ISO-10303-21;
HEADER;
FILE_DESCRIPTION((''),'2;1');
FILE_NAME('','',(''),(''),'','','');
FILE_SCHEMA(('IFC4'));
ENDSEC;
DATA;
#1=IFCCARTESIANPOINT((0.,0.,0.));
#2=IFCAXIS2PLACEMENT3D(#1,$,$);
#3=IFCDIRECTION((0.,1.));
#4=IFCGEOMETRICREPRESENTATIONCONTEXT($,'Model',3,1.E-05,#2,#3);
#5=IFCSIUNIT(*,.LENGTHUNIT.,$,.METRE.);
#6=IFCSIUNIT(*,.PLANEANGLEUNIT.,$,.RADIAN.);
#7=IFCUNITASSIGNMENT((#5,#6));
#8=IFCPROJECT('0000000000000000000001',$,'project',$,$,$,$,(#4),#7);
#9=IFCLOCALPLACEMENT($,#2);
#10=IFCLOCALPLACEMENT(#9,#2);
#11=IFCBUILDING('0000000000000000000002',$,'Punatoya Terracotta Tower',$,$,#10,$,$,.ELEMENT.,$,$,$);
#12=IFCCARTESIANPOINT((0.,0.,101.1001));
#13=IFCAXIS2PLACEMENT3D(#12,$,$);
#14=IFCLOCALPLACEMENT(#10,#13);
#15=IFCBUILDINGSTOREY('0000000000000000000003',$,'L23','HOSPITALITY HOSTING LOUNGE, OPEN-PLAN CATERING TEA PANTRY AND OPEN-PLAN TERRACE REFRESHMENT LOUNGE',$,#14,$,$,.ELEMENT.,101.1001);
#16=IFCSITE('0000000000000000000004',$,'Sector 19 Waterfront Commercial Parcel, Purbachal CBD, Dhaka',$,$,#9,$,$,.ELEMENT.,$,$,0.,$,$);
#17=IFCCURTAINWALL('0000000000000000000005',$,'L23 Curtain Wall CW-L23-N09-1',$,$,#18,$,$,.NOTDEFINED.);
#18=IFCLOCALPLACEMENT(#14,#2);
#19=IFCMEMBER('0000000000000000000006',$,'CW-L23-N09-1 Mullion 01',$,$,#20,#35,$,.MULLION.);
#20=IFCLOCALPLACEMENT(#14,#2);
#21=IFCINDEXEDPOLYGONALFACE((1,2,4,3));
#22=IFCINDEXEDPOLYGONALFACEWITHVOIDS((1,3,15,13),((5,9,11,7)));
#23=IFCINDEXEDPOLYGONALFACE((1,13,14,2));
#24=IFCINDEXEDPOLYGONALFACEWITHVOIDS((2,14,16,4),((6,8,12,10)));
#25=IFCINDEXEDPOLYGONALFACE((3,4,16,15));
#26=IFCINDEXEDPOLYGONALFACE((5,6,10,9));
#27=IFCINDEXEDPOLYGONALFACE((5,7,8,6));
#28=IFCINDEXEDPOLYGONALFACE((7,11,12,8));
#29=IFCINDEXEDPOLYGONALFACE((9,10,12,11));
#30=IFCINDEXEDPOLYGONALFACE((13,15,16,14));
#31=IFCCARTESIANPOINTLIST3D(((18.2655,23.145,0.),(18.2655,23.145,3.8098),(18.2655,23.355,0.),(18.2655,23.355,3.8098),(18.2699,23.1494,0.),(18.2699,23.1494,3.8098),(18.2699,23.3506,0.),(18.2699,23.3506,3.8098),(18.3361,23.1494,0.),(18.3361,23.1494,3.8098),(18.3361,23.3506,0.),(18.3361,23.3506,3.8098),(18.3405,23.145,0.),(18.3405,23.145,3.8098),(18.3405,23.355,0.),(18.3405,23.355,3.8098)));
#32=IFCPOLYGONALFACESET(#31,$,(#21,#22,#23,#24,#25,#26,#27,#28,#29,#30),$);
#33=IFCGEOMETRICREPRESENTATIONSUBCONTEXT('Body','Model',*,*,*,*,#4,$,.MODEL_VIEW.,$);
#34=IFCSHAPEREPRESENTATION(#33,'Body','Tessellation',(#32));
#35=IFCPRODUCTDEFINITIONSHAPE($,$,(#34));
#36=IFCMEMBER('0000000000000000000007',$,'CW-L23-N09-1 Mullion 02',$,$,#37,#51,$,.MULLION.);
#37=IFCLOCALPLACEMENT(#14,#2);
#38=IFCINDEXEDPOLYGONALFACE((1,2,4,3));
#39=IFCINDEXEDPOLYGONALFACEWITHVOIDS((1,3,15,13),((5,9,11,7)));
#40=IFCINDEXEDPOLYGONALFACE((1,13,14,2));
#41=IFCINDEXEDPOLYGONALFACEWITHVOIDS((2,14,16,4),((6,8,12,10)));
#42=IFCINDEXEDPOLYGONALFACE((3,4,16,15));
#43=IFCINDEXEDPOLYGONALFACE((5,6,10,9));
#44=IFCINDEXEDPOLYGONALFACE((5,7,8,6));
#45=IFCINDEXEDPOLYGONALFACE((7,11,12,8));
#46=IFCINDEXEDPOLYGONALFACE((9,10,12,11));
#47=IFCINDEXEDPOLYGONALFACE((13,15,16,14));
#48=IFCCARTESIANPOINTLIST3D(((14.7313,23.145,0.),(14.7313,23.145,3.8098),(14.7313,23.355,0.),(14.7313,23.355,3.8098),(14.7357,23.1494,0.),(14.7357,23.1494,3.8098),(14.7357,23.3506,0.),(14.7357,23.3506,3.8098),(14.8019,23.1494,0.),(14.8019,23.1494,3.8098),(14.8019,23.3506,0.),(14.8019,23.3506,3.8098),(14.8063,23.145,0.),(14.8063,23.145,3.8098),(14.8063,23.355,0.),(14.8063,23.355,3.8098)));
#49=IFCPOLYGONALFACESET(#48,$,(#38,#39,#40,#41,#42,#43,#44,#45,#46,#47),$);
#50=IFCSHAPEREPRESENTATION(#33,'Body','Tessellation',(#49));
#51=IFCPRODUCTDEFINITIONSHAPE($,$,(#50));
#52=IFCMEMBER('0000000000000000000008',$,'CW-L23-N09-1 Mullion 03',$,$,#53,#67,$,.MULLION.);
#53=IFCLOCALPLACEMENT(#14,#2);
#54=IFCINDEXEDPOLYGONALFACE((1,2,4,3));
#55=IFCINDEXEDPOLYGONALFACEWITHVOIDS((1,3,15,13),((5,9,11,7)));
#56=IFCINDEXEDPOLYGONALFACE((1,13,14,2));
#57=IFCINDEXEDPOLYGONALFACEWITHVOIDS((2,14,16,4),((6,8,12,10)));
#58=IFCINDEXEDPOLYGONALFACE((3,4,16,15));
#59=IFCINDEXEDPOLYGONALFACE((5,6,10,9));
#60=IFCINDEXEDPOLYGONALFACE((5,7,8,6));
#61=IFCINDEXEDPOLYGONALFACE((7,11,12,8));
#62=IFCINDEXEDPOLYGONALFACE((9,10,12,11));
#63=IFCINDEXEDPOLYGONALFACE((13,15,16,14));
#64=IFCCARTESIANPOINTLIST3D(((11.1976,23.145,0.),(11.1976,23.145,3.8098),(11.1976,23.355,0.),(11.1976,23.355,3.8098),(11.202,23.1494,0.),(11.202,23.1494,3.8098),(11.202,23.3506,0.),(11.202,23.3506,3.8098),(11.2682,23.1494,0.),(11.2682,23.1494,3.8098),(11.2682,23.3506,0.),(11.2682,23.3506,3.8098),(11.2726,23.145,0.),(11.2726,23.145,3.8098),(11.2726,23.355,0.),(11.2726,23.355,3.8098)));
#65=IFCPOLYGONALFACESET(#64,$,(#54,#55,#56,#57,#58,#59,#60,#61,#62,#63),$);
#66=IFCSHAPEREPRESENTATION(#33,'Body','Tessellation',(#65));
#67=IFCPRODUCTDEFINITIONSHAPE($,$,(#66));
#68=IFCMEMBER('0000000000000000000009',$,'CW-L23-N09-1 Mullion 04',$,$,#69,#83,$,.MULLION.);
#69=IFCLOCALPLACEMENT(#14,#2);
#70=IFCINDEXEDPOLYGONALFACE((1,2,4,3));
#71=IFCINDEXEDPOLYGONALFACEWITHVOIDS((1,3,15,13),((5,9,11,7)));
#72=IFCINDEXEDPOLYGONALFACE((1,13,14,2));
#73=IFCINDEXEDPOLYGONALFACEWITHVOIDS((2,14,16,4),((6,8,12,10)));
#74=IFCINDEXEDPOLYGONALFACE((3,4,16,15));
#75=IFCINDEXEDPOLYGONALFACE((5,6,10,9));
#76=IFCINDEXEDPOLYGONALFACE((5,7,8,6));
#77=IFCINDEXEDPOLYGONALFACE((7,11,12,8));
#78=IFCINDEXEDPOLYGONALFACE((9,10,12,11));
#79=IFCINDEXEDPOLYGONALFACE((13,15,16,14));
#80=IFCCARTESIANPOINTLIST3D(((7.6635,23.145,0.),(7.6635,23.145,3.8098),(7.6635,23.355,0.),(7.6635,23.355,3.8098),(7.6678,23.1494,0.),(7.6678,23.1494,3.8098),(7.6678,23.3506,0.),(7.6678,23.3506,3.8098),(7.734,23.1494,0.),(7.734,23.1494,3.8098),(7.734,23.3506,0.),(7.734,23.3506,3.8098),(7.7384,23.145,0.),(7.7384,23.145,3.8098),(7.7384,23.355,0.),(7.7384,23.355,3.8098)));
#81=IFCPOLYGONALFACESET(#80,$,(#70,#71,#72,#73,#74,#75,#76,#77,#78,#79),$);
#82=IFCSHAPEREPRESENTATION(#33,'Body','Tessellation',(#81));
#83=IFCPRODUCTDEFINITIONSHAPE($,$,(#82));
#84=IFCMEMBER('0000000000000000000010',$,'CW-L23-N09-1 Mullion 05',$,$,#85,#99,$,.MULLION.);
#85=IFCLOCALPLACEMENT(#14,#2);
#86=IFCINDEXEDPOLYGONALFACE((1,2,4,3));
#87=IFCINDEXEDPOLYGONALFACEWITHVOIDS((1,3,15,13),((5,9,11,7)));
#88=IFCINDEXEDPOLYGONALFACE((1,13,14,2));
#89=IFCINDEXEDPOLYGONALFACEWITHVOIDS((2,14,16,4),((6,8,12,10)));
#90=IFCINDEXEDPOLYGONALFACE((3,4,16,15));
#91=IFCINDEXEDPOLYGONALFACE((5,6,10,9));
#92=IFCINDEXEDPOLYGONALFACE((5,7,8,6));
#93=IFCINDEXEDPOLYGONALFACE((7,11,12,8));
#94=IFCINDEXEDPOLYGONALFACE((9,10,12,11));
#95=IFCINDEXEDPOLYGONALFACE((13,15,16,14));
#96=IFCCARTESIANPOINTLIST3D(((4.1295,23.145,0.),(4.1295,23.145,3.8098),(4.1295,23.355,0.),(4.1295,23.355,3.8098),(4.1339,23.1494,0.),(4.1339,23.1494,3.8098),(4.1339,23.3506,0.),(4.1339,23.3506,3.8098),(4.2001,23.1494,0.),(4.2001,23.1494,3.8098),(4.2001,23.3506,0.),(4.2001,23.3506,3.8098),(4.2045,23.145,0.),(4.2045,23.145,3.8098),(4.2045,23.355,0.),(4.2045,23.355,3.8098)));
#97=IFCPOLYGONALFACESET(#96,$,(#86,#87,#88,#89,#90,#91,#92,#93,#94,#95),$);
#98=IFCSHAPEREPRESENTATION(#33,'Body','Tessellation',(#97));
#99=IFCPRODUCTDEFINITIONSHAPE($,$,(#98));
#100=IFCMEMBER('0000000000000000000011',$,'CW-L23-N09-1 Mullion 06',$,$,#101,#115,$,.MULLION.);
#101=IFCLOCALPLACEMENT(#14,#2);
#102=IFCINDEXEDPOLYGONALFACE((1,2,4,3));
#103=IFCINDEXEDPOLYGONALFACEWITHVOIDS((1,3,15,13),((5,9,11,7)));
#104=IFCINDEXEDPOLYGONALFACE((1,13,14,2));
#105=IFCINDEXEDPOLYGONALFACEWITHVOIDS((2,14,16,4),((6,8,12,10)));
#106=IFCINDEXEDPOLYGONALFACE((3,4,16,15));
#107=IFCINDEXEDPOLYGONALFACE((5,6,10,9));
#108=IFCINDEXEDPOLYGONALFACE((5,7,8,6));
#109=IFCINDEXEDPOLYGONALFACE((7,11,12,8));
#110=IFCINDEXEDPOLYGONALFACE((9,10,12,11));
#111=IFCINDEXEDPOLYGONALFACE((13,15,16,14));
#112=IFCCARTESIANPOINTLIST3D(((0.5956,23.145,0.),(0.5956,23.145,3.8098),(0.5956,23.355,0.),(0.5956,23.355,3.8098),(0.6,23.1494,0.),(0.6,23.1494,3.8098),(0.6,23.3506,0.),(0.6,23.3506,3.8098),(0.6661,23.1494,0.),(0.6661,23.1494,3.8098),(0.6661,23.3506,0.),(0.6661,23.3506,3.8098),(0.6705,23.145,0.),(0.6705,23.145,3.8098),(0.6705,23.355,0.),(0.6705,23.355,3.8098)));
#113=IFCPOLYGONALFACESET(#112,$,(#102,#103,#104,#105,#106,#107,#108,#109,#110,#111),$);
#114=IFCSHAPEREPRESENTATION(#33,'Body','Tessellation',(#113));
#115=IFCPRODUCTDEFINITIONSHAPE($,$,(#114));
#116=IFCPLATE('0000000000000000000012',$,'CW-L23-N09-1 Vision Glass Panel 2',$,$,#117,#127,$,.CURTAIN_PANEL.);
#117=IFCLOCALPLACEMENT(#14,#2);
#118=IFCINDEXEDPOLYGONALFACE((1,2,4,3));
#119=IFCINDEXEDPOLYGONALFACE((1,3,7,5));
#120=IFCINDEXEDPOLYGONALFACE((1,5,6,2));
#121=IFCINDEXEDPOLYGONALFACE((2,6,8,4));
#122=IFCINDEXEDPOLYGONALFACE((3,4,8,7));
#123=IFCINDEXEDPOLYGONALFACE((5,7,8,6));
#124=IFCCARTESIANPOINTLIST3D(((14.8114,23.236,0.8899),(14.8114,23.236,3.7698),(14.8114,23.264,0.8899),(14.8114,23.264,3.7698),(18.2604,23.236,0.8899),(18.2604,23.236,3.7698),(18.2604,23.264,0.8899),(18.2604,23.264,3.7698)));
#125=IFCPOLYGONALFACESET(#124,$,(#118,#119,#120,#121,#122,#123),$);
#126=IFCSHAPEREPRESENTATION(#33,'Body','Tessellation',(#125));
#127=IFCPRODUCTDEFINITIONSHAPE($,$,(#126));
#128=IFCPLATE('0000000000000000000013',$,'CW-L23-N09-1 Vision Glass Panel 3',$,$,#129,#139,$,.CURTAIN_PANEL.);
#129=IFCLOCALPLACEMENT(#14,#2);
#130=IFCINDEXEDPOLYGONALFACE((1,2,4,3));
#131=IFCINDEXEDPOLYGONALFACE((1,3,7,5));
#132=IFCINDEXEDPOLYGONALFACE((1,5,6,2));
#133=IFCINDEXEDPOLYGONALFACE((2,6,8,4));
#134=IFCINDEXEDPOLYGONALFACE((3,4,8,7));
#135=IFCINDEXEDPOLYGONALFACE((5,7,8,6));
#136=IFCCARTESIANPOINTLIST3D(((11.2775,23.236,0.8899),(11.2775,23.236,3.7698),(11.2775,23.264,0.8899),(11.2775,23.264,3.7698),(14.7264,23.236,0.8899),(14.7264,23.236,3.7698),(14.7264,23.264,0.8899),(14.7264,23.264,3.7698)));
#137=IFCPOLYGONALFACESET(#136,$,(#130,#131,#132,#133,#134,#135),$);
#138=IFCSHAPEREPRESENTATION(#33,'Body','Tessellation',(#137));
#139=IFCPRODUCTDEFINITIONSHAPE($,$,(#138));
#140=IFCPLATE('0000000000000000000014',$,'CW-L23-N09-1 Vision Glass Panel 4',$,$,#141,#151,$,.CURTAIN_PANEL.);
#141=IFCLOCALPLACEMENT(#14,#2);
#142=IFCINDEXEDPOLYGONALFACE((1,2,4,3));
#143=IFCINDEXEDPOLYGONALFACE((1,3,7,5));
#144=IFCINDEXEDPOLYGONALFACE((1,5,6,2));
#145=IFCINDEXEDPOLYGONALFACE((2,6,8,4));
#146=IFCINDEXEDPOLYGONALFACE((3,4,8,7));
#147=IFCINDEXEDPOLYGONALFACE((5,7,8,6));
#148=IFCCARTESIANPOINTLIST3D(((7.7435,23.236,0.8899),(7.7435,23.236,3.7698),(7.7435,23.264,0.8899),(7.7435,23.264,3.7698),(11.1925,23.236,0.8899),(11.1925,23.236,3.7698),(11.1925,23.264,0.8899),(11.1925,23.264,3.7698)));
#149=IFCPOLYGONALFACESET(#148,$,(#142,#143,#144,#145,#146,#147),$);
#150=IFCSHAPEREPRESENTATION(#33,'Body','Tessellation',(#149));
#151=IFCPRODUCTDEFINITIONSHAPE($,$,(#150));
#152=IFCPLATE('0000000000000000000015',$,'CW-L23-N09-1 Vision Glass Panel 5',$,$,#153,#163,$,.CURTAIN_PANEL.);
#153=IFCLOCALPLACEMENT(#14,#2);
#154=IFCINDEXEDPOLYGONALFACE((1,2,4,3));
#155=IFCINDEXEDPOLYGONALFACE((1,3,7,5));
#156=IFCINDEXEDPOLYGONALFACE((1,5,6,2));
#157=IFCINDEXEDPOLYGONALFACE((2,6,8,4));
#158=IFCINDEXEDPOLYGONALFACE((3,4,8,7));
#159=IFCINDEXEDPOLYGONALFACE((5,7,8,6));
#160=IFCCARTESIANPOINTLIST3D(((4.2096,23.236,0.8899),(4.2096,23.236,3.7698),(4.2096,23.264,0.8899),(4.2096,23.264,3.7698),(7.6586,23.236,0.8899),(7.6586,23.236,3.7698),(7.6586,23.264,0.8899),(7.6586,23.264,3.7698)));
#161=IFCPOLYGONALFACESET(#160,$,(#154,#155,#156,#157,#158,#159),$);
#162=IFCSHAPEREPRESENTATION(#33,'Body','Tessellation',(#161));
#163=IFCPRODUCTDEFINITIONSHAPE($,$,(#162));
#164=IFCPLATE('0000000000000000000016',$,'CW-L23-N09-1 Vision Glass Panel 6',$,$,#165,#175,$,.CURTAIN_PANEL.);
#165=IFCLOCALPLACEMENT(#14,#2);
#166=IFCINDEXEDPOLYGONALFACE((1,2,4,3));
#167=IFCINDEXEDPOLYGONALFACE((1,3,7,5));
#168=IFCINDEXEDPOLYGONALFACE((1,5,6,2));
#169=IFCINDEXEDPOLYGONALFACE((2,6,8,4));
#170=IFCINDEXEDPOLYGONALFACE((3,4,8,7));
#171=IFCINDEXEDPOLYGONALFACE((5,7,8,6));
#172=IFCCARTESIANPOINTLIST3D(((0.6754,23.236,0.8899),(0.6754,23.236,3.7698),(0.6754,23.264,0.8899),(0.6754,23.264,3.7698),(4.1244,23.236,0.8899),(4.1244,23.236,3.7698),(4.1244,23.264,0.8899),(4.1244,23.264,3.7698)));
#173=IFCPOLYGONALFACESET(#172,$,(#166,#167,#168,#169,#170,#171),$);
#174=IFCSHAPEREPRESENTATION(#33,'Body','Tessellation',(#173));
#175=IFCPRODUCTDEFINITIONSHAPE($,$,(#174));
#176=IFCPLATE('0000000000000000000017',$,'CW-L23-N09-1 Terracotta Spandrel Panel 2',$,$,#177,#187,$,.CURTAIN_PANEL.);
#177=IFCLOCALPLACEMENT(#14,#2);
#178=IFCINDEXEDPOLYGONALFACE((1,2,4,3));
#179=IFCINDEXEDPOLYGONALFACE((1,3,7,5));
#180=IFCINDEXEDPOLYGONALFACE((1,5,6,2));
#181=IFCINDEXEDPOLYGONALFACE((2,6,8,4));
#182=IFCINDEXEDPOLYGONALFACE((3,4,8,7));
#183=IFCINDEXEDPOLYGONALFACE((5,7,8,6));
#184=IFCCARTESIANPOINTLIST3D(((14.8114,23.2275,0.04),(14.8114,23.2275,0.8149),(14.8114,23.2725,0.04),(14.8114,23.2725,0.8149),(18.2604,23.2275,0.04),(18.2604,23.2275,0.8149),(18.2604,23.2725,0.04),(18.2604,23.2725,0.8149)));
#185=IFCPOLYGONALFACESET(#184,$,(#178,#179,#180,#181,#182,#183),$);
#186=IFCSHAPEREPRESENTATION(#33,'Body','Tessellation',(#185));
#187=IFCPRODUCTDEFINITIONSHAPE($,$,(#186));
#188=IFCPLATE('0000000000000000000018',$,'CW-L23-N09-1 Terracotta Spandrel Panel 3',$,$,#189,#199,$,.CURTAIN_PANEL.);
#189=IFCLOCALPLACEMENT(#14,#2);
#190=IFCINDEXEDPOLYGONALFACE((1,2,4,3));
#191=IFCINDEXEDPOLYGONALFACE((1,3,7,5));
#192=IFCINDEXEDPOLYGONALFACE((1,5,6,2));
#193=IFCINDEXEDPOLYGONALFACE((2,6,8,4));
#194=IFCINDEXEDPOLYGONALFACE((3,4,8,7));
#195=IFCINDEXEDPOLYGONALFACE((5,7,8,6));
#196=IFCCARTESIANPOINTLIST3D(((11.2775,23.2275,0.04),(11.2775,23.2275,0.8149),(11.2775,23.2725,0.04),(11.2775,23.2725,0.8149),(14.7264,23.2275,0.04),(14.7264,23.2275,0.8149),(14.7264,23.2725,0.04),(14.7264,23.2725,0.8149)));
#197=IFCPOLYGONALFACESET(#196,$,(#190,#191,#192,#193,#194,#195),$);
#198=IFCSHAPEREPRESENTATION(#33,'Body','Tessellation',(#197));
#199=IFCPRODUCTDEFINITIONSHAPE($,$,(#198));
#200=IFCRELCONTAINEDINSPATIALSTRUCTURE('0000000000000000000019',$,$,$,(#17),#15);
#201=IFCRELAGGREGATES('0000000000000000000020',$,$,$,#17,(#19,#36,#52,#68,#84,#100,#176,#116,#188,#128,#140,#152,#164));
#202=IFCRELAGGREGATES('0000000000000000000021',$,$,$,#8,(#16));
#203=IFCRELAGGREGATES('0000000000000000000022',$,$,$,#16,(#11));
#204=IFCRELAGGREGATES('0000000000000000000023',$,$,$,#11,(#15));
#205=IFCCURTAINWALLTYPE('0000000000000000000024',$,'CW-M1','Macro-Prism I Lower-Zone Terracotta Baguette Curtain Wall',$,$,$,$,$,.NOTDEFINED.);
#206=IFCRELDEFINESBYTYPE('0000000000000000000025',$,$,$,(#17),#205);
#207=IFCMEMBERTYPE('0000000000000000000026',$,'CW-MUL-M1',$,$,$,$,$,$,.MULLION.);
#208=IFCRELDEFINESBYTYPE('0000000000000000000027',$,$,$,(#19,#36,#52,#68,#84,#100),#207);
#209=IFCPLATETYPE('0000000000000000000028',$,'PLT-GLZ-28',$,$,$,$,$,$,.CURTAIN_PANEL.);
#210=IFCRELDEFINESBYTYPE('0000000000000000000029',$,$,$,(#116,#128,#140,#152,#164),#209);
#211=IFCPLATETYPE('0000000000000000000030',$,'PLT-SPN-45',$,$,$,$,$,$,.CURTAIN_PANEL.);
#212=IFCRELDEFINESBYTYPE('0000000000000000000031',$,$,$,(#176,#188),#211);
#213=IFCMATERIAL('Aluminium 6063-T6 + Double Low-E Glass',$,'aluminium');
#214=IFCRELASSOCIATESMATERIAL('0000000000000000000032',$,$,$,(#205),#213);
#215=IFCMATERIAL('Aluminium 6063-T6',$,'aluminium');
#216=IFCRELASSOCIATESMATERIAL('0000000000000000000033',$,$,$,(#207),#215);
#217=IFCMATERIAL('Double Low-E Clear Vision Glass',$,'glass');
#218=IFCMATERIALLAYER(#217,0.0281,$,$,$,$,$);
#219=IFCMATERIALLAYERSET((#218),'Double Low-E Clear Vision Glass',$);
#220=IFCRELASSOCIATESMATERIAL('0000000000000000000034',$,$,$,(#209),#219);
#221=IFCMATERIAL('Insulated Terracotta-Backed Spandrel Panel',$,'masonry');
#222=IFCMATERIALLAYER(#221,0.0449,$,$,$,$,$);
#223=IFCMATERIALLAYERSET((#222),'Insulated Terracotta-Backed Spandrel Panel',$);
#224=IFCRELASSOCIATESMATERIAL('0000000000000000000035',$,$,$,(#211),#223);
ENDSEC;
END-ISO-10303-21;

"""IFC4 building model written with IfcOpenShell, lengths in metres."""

from ifc_helpers import new_model, si_unit, direction, frame, origin, origin_2d, place, context, subcontext, project, spatial, rectangle, hollow_rectangle, extrude, material, layer, layer_set, material_profile, profile_set, type_object, element, aggregate, save


model = new_model("IFC4")

# Units and contexts
model_context = context("Model", 3, precision=1e-05, world=origin(), true_north=direction((0.0, 1.0)))
body_context = subcontext(model_context, "Body", "Model", "MODEL_VIEW")
ifc_project = project(units=[si_unit("LENGTHUNIT", "METRE"), si_unit("PLANEANGLEUNIT", "RADIAN")], contexts=[model_context])

# Site, building, storey
site_placement = place(None, origin())
site = spatial("IfcSite", under=ifc_project, at=site_placement, Name="Sector 19 Waterfront Commercial Parcel, Purbachal CBD, Dhaka", CompositionType="ELEMENT", RefElevation=0.0)
building_placement = place(site_placement, origin())
building = spatial("IfcBuilding", under=site, at=building_placement, Name="Punatoya Terracotta Tower", CompositionType="ELEMENT")
storey_placement = place(building_placement, frame((0.0, 0.0, 101.1001)))
storey = spatial("IfcBuildingStorey", under=building, at=storey_placement, Name="L23", Description="HOSPITALITY HOSTING LOUNGE, OPEN-PLAN CATERING TEA PANTRY AND OPEN-PLAN TERRACE REFRESHMENT LOUNGE", CompositionType="ELEMENT", Elevation=101.1001)

# Curtain wall, members, plates
ifc_material_1 = material(Name="Aluminium 6063-T6 + Double Low-E Glass", Category="aluminium")
curtain_wall_type = type_object("IfcCurtainWallType", Name="CW-M1", Description="Macro-Prism I Lower-Zone Terracotta Baguette Curtain Wall", PredefinedType="NOTDEFINED", material=ifc_material_1)
curtain_wall_placement = place(storey_placement, origin())
curtain_wall = element("IfcCurtainWall", 1, at=curtain_wall_placement, inside=storey, type_object=curtain_wall_type, Name="L23 Curtain Wall CW-L23-N09-1", PredefinedType="NOTDEFINED")
ifc_material_2 = material(Name="Aluminium 6063-T6", Category="aluminium")
ifc_material_profile_1 = material_profile(ifc_material_2, hollow_rectangle(XDim=0.075, YDim=0.21, WallThickness=0.0044, at=origin_2d()))
ifc_profile_set_1 = profile_set([ifc_material_profile_1], Name="Aluminium 6063-T6")
member_type = type_object("IfcMemberType", Name="CW-MUL-M1", PredefinedType="MULLION", material=ifc_profile_set_1)
member_1_placement = place(storey_placement, frame((18.303, 23.25, 0.0), z_axis=(0.0, 0.0, 1.0), x_axis=(1.0, 0.0, 0.0)))
member_1 = element("IfcMember", 2, at=member_1_placement, type_object=member_type, Name="CW-L23-N09-1 Mullion 01", PredefinedType="MULLION", context=body_context, shape_type="SweptSolid", body=[
    extrude(hollow_rectangle(XDim=0.075, YDim=0.21, WallThickness=0.0044, at=origin_2d()), origin(), (0.0, 0.0, 1.0), 3.8098),
])
member_2_placement = place(storey_placement, frame((14.7688, 23.25, 0.0), z_axis=(0.0, 0.0, 1.0), x_axis=(1.0, 0.0, 0.0)))
member_2 = element("IfcMember", 3, at=member_2_placement, type_object=member_type, Name="CW-L23-N09-1 Mullion 02", PredefinedType="MULLION", context=body_context, shape_type="SweptSolid", body=[
    extrude(hollow_rectangle(XDim=0.075, YDim=0.21, WallThickness=0.0044, at=origin_2d()), origin(), (0.0, 0.0, 1.0), 3.8098),
])
member_3_placement = place(storey_placement, frame((11.2351, 23.25, 0.0), z_axis=(0.0, 0.0, 1.0), x_axis=(1.0, 0.0, 0.0)))
member_3 = element("IfcMember", 4, at=member_3_placement, type_object=member_type, Name="CW-L23-N09-1 Mullion 03", PredefinedType="MULLION", context=body_context, shape_type="SweptSolid", body=[
    extrude(hollow_rectangle(XDim=0.075, YDim=0.21, WallThickness=0.0044, at=origin_2d()), origin(), (0.0, 0.0, 1.0), 3.8098),
])
member_4_placement = place(storey_placement, frame((7.7009, 23.25, 0.0), z_axis=(0.0, 0.0, 1.0), x_axis=(1.0, 0.0, 0.0)))
member_4 = element("IfcMember", 5, at=member_4_placement, type_object=member_type, Name="CW-L23-N09-1 Mullion 04", PredefinedType="MULLION", context=body_context, shape_type="SweptSolid", body=[
    extrude(hollow_rectangle(XDim=0.075, YDim=0.21, WallThickness=0.0044, at=origin_2d()), origin(), (0.0, 0.0, 1.0), 3.8098),
])
member_5_placement = place(storey_placement, frame((4.167, 23.25, 0.0), z_axis=(0.0, 0.0, 1.0), x_axis=(1.0, 0.0, 0.0)))
member_5 = element("IfcMember", 6, at=member_5_placement, type_object=member_type, Name="CW-L23-N09-1 Mullion 05", PredefinedType="MULLION", context=body_context, shape_type="SweptSolid", body=[
    extrude(hollow_rectangle(XDim=0.075, YDim=0.21, WallThickness=0.0044, at=origin_2d()), origin(), (0.0, 0.0, 1.0), 3.8098),
])
member_6_placement = place(storey_placement, frame((0.6331, 23.25, 0.0), z_axis=(0.0, 0.0, 1.0), x_axis=(1.0, 0.0, 0.0)))
member_6 = element("IfcMember", 7, at=member_6_placement, type_object=member_type, Name="CW-L23-N09-1 Mullion 06", PredefinedType="MULLION", context=body_context, shape_type="SweptSolid", body=[
    extrude(hollow_rectangle(XDim=0.075, YDim=0.21, WallThickness=0.0044, at=origin_2d()), origin(), (0.0, 0.0, 1.0), 3.8098),
])
ifc_material_3 = material(Name="Double Low-E Clear Vision Glass", Category="glass")
ifc_layer_1 = layer(ifc_material_3, 0.0281)
ifc_layer_set_1 = layer_set([ifc_layer_1], Name="Double Low-E Clear Vision Glass")
plate_type_1 = type_object("IfcPlateType", Name="PLT-GLZ-28", PredefinedType="CURTAIN_PANEL", material=ifc_layer_set_1)
plate_1_placement = place(storey_placement, frame((16.5359, 23.25, 0.8899), z_axis=(0.0, 0.0, 1.0), x_axis=(-1.0, 0.0, 0.0)))
plate_1 = element("IfcPlate", 8, at=plate_1_placement, type_object=plate_type_1, Name="CW-L23-N09-1 Vision Glass Panel 2", PredefinedType="CURTAIN_PANEL", context=body_context, shape_type="SweptSolid", body=[
    extrude(rectangle(XDim=3.449, YDim=0.0281, at=origin_2d()), origin(), (0.0, 0.0, 1.0), 2.8799),
])
plate_2_placement = place(storey_placement, frame((13.002, 23.25, 0.8899), z_axis=(0.0, 0.0, 1.0), x_axis=(-1.0, 0.0, 0.0)))
plate_2 = element("IfcPlate", 9, at=plate_2_placement, type_object=plate_type_1, Name="CW-L23-N09-1 Vision Glass Panel 3", PredefinedType="CURTAIN_PANEL", context=body_context, shape_type="SweptSolid", body=[
    extrude(rectangle(XDim=3.449, YDim=0.0281, at=origin_2d()), origin(), (0.0, 0.0, 1.0), 2.8799),
])
plate_3_placement = place(storey_placement, frame((9.468, 23.25, 0.8899), z_axis=(0.0, 0.0, 1.0), x_axis=(-1.0, 0.0, 0.0)))
plate_3 = element("IfcPlate", 10, at=plate_3_placement, type_object=plate_type_1, Name="CW-L23-N09-1 Vision Glass Panel 4", PredefinedType="CURTAIN_PANEL", context=body_context, shape_type="SweptSolid", body=[
    extrude(rectangle(XDim=3.449, YDim=0.0281, at=origin_2d()), origin(), (0.0, 0.0, 1.0), 2.8799),
])
plate_4_placement = place(storey_placement, frame((5.9341, 23.25, 0.8899), z_axis=(0.0, 0.0, 1.0), x_axis=(-1.0, 0.0, 0.0)))
plate_4 = element("IfcPlate", 11, at=plate_4_placement, type_object=plate_type_1, Name="CW-L23-N09-1 Vision Glass Panel 5", PredefinedType="CURTAIN_PANEL", context=body_context, shape_type="SweptSolid", body=[
    extrude(rectangle(XDim=3.449, YDim=0.0281, at=origin_2d()), origin(), (0.0, 0.0, 1.0), 2.8799),
])
plate_5_placement = place(storey_placement, frame((2.3999, 23.25, 0.8899), z_axis=(0.0, 0.0, 1.0), x_axis=(-1.0, 0.0, 0.0)))
plate_5 = element("IfcPlate", 12, at=plate_5_placement, type_object=plate_type_1, Name="CW-L23-N09-1 Vision Glass Panel 6", PredefinedType="CURTAIN_PANEL", context=body_context, shape_type="SweptSolid", body=[
    extrude(rectangle(XDim=3.449, YDim=0.0281, at=origin_2d()), origin(), (0.0, 0.0, 1.0), 2.8799),
])
ifc_material_4 = material(Name="Insulated Terracotta-Backed Spandrel Panel", Category="masonry")
ifc_layer_2 = layer(ifc_material_4, 0.0449)
ifc_layer_set_2 = layer_set([ifc_layer_2], Name="Insulated Terracotta-Backed Spandrel Panel")
plate_type_2 = type_object("IfcPlateType", Name="PLT-SPN-45", PredefinedType="CURTAIN_PANEL", material=ifc_layer_set_2)
plate_6_placement = place(storey_placement, frame((16.5359, 23.25, 0.04), z_axis=(0.0, 0.0, 1.0), x_axis=(-1.0, 0.0, 0.0)))
plate_6 = element("IfcPlate", 13, at=plate_6_placement, type_object=plate_type_2, Name="CW-L23-N09-1 Terracotta Spandrel Panel 2", PredefinedType="CURTAIN_PANEL", context=body_context, shape_type="SweptSolid", body=[
    extrude(rectangle(XDim=3.449, YDim=0.0449, at=origin_2d()), origin(), (0.0, 0.0, 1.0), 0.7749),
])
plate_7_placement = place(storey_placement, frame((13.002, 23.25, 0.04), z_axis=(0.0, 0.0, 1.0), x_axis=(-1.0, 0.0, 0.0)))
plate_7 = element("IfcPlate", 14, at=plate_7_placement, type_object=plate_type_2, Name="CW-L23-N09-1 Terracotta Spandrel Panel 3", PredefinedType="CURTAIN_PANEL", context=body_context, shape_type="SweptSolid", body=[
    extrude(rectangle(XDim=3.449, YDim=0.0449, at=origin_2d()), origin(), (0.0, 0.0, 1.0), 0.7749),
])
aggregate(curtain_wall, [member_1, member_2, member_3, member_4, member_5, member_6, plate_6, plate_1, plate_7, plate_2, plate_3, plate_4, plate_5])

save(model, "model.ifc")
